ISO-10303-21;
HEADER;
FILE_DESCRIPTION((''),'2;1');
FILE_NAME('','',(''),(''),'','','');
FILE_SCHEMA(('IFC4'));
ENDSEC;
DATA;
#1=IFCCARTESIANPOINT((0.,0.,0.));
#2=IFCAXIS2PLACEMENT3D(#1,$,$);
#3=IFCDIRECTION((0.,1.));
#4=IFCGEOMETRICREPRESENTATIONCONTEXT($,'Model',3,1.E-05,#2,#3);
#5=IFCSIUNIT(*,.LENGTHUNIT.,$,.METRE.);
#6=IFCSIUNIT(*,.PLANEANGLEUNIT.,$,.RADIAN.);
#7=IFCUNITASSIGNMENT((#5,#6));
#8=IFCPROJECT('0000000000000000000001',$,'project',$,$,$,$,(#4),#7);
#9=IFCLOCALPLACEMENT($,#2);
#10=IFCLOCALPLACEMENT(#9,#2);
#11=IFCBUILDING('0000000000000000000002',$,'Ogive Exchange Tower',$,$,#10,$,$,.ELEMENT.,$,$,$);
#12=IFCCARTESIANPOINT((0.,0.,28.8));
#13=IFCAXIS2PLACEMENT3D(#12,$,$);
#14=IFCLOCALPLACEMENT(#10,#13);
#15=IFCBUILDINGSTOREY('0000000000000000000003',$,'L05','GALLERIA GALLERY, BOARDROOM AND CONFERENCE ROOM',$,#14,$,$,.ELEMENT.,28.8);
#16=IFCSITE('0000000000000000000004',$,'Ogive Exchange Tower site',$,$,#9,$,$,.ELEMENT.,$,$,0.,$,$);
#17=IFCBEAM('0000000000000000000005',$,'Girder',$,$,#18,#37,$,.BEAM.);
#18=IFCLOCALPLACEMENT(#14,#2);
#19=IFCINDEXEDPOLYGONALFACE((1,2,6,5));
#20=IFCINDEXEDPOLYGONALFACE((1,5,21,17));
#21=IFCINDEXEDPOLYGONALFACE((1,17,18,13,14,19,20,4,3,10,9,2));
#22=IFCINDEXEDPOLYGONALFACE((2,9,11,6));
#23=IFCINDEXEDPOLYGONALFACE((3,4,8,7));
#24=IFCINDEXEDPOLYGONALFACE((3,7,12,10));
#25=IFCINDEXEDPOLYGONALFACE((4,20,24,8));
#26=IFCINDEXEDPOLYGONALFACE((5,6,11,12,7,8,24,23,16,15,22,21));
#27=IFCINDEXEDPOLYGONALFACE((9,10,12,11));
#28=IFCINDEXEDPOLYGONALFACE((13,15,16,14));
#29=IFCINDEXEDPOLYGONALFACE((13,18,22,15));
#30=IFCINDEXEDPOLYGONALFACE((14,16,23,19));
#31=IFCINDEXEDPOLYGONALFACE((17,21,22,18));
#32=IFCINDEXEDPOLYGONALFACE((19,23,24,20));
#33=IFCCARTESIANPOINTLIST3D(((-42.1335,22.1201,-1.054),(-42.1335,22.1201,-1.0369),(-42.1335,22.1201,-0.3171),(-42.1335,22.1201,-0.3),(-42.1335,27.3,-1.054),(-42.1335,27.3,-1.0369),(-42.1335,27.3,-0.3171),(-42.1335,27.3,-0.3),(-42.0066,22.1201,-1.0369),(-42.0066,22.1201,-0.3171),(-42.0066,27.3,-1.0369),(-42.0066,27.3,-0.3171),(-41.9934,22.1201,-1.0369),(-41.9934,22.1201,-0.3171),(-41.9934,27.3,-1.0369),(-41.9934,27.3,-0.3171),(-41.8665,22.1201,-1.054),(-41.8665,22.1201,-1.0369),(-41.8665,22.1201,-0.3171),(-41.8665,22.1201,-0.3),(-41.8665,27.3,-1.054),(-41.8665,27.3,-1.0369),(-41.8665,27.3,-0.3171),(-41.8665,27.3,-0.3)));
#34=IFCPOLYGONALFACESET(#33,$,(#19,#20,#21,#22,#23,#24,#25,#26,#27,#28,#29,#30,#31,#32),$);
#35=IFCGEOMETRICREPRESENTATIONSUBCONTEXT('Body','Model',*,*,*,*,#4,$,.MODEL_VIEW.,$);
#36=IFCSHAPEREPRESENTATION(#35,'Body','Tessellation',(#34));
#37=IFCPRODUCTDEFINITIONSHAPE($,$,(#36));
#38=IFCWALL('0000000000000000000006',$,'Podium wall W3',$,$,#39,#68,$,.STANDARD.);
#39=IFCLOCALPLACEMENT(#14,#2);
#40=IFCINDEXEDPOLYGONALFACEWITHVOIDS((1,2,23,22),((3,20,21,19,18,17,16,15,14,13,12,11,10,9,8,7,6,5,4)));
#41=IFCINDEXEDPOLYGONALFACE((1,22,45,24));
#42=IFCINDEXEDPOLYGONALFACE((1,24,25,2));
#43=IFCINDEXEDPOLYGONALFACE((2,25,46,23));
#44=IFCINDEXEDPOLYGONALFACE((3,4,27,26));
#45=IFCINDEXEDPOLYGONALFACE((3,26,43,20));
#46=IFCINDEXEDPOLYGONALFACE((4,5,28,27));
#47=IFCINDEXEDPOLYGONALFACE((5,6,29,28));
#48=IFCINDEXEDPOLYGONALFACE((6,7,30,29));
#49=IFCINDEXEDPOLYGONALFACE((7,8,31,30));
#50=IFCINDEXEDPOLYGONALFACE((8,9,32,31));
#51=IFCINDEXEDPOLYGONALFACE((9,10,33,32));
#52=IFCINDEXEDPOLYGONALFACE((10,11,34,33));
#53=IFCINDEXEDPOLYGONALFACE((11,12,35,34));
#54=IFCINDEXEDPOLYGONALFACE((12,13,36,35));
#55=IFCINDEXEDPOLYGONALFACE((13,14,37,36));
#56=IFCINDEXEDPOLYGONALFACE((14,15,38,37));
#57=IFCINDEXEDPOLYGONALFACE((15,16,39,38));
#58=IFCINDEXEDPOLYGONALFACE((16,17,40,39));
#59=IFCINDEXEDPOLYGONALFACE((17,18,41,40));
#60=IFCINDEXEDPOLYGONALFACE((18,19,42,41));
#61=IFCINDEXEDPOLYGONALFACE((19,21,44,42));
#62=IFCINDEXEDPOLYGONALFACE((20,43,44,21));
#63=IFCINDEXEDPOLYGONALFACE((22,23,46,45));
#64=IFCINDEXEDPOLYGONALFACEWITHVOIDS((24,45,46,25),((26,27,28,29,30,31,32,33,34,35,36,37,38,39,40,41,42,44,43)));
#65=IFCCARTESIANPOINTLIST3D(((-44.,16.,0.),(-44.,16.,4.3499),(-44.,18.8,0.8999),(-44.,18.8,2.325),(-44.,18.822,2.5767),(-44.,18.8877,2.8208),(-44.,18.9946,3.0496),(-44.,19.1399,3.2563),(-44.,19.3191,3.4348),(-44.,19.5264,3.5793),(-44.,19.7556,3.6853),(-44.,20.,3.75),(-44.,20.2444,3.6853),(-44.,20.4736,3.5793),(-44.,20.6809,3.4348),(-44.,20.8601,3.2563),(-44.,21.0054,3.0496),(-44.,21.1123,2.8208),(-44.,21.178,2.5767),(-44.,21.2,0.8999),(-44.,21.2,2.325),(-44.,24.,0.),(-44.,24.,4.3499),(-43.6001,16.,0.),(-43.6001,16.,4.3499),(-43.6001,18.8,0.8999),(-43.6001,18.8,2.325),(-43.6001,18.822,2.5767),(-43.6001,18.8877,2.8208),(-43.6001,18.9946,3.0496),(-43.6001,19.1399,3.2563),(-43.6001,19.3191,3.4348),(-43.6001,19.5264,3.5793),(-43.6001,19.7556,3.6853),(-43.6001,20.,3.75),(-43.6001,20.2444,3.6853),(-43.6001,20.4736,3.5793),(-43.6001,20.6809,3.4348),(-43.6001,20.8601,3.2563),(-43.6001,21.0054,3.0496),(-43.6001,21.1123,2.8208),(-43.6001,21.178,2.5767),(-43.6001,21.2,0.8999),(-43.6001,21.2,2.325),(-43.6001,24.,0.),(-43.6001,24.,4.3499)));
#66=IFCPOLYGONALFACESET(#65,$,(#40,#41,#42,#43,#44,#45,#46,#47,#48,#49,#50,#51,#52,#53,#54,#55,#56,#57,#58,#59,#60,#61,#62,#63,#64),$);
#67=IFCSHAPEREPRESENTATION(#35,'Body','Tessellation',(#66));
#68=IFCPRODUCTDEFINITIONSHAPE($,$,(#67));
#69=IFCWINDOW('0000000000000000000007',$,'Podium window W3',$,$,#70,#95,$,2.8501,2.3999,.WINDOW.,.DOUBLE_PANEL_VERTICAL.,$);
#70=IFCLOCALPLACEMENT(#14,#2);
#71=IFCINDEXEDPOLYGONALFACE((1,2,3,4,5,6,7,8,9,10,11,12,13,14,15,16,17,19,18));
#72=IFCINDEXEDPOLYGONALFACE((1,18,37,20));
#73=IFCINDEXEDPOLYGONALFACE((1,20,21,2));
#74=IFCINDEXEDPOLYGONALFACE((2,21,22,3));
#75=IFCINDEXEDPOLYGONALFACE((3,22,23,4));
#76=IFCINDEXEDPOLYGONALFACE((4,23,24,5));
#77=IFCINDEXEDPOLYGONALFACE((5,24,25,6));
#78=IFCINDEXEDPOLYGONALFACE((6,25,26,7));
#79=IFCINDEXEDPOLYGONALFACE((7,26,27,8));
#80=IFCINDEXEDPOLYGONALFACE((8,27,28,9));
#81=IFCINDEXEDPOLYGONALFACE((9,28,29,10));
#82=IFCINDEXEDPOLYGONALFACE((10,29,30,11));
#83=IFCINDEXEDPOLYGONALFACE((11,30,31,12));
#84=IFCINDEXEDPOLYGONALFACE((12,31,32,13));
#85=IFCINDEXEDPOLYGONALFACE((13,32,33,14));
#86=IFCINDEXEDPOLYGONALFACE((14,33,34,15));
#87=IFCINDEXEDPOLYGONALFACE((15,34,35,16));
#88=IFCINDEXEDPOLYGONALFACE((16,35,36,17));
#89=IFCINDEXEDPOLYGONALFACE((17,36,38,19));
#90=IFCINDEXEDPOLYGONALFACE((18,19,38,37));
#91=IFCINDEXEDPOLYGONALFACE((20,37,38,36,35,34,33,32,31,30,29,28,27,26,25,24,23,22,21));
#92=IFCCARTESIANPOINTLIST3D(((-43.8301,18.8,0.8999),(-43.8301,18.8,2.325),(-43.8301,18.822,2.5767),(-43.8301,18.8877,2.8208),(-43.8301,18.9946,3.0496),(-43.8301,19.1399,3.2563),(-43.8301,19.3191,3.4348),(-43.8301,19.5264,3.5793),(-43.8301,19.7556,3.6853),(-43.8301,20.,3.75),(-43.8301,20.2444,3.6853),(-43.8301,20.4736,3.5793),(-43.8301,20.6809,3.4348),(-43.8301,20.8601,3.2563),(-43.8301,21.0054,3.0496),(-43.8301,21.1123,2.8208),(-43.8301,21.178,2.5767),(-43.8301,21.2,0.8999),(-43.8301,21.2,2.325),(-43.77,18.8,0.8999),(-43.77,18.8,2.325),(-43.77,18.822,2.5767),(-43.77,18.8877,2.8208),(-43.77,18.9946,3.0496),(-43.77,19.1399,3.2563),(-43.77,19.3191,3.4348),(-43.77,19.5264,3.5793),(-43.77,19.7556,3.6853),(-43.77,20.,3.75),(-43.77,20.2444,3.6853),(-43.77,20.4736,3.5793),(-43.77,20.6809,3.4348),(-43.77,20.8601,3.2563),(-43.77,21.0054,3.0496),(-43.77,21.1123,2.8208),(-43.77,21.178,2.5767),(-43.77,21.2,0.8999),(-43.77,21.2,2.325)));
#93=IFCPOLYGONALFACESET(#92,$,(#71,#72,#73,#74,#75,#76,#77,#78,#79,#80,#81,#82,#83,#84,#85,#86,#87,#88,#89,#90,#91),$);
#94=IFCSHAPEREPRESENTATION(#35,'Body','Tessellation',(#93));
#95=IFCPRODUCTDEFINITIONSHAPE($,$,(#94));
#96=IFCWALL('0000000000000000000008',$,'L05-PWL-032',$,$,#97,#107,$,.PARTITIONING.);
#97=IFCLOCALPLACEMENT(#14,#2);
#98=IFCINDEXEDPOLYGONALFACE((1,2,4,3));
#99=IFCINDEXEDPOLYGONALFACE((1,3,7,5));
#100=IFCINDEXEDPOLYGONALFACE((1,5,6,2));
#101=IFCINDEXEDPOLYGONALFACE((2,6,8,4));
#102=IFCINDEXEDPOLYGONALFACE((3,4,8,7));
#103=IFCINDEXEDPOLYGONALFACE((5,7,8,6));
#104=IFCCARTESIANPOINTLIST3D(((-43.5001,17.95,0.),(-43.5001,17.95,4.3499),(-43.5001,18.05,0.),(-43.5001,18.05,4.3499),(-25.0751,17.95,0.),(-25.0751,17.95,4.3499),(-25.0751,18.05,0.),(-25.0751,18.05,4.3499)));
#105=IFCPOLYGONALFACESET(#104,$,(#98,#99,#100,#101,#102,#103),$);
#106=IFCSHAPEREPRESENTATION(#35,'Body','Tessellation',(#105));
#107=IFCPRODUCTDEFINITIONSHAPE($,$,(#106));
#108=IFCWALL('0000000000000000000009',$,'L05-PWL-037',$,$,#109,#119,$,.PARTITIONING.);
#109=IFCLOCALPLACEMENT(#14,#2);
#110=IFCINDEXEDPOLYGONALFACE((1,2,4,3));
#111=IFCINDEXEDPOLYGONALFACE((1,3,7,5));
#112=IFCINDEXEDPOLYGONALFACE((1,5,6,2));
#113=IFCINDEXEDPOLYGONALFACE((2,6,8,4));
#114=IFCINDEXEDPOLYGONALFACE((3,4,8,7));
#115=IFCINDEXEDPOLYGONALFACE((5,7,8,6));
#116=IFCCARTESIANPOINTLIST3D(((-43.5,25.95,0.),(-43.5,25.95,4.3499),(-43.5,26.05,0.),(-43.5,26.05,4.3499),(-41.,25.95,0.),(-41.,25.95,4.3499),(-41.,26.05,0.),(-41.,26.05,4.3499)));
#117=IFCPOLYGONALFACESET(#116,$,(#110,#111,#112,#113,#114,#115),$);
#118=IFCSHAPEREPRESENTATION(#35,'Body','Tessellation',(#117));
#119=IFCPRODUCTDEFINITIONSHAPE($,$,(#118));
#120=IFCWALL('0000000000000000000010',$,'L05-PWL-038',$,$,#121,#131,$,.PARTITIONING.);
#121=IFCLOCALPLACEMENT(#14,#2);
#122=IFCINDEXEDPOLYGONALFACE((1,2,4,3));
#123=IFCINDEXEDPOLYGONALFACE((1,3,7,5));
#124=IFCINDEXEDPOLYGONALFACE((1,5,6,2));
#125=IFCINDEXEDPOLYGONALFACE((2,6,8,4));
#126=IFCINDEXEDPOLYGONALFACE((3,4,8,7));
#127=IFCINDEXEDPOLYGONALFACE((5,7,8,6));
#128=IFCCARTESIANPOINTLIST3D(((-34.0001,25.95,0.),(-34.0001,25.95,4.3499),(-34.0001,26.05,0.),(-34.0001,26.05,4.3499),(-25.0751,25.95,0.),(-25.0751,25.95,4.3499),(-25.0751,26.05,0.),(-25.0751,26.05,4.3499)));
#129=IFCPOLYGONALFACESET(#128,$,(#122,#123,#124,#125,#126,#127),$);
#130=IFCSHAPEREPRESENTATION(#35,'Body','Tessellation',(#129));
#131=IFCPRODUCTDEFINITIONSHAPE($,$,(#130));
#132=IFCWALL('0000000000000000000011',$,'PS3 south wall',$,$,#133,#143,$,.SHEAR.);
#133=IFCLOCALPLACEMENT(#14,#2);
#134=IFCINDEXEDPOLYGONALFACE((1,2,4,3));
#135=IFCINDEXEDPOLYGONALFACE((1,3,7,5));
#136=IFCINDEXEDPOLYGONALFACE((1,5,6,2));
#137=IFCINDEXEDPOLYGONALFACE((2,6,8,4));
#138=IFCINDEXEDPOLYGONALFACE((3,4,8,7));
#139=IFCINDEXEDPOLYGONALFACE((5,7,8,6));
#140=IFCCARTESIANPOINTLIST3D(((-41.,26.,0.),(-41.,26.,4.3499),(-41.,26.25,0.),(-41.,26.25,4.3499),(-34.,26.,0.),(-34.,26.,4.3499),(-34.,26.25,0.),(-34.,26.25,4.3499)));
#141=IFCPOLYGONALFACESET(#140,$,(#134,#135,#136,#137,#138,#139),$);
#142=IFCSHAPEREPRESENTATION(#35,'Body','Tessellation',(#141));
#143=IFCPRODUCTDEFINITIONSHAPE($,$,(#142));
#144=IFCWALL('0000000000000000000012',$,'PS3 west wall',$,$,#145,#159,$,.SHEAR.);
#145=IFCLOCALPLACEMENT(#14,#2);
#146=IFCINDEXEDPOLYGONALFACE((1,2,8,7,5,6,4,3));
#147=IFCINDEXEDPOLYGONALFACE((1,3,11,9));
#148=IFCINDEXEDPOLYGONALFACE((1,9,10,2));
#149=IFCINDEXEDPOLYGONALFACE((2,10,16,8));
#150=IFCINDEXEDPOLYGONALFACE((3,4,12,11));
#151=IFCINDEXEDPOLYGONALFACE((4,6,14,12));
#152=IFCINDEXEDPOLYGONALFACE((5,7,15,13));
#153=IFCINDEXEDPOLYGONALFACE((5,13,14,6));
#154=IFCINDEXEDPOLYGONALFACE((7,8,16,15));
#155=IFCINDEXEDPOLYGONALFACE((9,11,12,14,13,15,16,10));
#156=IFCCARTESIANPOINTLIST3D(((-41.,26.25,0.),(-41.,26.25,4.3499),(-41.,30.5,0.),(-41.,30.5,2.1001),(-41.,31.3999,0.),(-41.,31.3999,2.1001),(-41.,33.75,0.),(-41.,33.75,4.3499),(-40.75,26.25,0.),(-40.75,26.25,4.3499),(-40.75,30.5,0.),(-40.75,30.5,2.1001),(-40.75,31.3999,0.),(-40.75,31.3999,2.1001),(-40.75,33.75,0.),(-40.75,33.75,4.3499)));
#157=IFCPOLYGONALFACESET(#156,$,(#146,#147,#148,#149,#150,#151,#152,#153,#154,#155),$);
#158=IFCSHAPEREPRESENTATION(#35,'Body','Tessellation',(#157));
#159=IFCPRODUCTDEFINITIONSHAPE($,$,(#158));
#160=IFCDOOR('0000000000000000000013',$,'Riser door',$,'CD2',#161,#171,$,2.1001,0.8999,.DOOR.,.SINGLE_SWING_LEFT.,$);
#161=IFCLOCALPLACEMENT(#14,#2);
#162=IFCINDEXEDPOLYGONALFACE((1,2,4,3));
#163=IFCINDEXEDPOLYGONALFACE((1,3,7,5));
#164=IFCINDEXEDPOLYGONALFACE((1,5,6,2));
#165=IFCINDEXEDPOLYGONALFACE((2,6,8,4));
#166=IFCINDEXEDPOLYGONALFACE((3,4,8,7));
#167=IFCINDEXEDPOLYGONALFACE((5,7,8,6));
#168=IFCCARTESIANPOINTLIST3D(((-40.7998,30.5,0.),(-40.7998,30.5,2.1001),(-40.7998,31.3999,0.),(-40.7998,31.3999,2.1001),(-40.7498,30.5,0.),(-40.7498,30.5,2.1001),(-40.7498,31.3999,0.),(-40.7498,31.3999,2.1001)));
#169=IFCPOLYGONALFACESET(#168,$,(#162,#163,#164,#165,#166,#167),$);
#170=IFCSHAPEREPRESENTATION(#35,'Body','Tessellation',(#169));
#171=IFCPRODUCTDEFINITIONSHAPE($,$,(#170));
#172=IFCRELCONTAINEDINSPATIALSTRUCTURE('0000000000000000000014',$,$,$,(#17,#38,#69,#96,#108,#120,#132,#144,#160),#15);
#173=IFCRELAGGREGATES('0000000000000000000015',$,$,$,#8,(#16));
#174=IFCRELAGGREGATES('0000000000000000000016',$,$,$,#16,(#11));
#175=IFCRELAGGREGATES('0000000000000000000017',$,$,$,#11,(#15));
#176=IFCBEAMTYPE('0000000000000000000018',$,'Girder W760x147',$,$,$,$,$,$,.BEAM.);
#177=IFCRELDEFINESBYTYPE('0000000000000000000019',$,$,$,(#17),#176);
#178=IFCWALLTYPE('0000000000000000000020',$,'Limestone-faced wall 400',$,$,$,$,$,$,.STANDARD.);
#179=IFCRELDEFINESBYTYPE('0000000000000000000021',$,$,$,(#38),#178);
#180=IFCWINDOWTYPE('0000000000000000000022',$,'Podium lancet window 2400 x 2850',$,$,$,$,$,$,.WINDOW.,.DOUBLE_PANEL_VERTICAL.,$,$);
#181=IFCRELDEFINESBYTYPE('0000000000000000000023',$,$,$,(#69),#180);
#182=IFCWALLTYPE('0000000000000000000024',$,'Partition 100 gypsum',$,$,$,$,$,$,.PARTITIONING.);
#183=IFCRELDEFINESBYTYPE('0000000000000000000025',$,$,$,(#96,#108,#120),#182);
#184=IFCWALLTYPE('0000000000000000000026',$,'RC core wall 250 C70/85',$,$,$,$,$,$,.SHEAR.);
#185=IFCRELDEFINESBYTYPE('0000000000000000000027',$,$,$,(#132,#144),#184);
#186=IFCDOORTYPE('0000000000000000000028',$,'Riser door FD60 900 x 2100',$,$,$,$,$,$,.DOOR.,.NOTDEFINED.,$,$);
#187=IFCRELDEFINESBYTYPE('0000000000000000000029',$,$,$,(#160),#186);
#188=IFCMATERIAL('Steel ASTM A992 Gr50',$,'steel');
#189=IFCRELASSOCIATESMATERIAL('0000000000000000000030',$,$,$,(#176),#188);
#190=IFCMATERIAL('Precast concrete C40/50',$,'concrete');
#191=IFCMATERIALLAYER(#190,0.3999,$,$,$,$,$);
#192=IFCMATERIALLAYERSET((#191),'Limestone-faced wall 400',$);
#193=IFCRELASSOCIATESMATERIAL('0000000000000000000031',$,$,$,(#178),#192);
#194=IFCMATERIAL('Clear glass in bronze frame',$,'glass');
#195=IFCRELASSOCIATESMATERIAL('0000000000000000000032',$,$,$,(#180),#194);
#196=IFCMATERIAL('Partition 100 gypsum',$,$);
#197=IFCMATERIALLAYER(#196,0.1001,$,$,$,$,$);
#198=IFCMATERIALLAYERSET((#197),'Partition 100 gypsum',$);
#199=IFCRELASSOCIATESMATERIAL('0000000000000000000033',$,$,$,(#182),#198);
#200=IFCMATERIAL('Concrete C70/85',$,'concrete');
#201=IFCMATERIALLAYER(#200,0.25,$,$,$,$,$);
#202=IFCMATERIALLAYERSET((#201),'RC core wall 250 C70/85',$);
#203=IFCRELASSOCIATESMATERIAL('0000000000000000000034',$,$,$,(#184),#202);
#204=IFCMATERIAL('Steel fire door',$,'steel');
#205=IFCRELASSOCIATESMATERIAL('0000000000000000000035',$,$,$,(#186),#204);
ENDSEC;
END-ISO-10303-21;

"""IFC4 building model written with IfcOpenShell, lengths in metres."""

from ifc_helpers import new_model, si_unit, direction, frame, frame_2d, origin, origin_2d, place, context, subcontext, project, spatial, polyline, rectangle, i_section, outline, extrude, material, layer, layer_set, material_profile, profile_set, type_object, element, fill, save


model = new_model("IFC4")

# Units and contexts
model_context = context("Model", 3, precision=1e-05, world=origin(), true_north=direction((0.0, 1.0)))
body_context = subcontext(model_context, "Body", "Model", "MODEL_VIEW")
ifc_project = project(units=[si_unit("LENGTHUNIT", "METRE"), si_unit("PLANEANGLEUNIT", "RADIAN")], contexts=[model_context])

# Site, building, storey
site_placement = place(None, origin())
site = spatial("IfcSite", under=ifc_project, at=site_placement, Name="Ogive Exchange Tower site", CompositionType="ELEMENT", RefElevation=0.0)
building_placement = place(site_placement, origin())
building = spatial("IfcBuilding", under=site, at=building_placement, Name="Ogive Exchange Tower", CompositionType="ELEMENT")
storey_placement = place(building_placement, frame((0.0, 0.0, 28.8)))
storey = spatial("IfcBuildingStorey", under=building, at=storey_placement, Name="L05", Description="GALLERIA GALLERY, BOARDROOM AND CONFERENCE ROOM", CompositionType="ELEMENT", Elevation=28.8)

# Shared definitions
ifc_material_1 = material(Name="Concrete C70/85", Category="concrete")

# Beam
ifc_material_2 = material(Name="Steel ASTM A992 Gr50", Category="steel")
ifc_material_profile_1 = material_profile(ifc_material_2, i_section(OverallWidth=0.2671, OverallDepth=0.7539, WebThickness=0.0132, FlangeThickness=0.0171, at=origin_2d()), Name="W760x147")
ifc_profile_set_1 = profile_set([ifc_material_profile_1], Name="Steel ASTM A992 Gr50")
beam_type_1 = type_object("IfcBeamType", Name="Girder W760x147", PredefinedType="BEAM", material=ifc_profile_set_1)
beam_1_placement = place(storey_placement, frame((-42.0, 22.1201, -0.677), z_axis=(0.0, 1.0, 0.0), x_axis=(-1.0, 0.0, 0.0)))
element("IfcBeam", 1, at=beam_1_placement, inside=storey, type_object=beam_type_1, Name="Girder", PredefinedType="BEAM", context=body_context, shape_type="SweptSolid", body=[
    extrude(i_section(OverallWidth=0.2671, OverallDepth=0.7539, WebThickness=0.0132, FlangeThickness=0.0171, at=origin_2d()), origin(), (0.0, 0.0, 1.0), 5.1799),
])

# Wall, opening, window
ifc_material_3 = material(Name="Precast concrete C40/50", Category="concrete")
ifc_layer_1 = layer(ifc_material_3, 0.3999)
ifc_layer_set_1 = layer_set([ifc_layer_1], Name="Limestone-faced wall 400")
wall_type_1 = type_object("IfcWallType", Name="Limestone-faced wall 400", PredefinedType="STANDARD", material=ifc_layer_set_1)
wall_1_placement = place(storey_placement, frame((-43.8, 24.0, 0.0), z_axis=(0.0, 0.0, 1.0), x_axis=(0.0, -1.0, 0.0)))
wall_1 = element("IfcWall", 2, at=wall_1_placement, inside=storey, type_object=wall_type_1, Name="Podium wall W3", PredefinedType="STANDARD", context=body_context, shape_type="SweptSolid", body=[
    extrude(rectangle(XDim=8.0, YDim=0.3999, at=frame_2d((4.0, 0.0))), origin(), (0.0, 0.0, 1.0), 4.3499),
])
opening_1_placement = place(wall_1_placement, frame((2.8, 0.0, 0.8999)))
opening_1 = element("IfcOpeningElement", 3, at=opening_1_placement, cuts=wall_1, PredefinedType="OPENING", context=body_context, shape_type="SweptSolid", body=[
    extrude(outline(polyline([(0.0, 0.0), (2.3999, 0.0), (2.3999, 1.425), (2.3779, 1.6768), (2.3123, 1.9209), (2.2053, 2.1497), (2.0601, 2.3564), (1.8809, 2.5349), (1.6736, 2.6794), (1.4443, 2.7854), (1.2, 2.8501), (0.9556, 2.7854), (0.7263, 2.6794), (0.519, 2.5349), (0.3398, 2.3564), (0.1946, 2.1497), (0.0876, 1.9209), (0.022, 1.6768), (0.0, 1.425), (0.0, 0.0)])), frame((0.0, 0.21, 0.0), z_axis=(0.0, -1.0, 0.0), x_axis=(1.0, 0.0, 0.0)), (0.0, 0.0, 1.0), 0.4199),
])
ifc_material_4 = material(Name="Clear glass in bronze frame", Category="glass")
window_type = type_object("IfcWindowType", Name="Podium lancet window 2400 x 2850", PartitioningType="DOUBLE_PANEL_VERTICAL", PredefinedType="WINDOW", material=ifc_material_4)
window_placement = place(opening_1_placement, origin())
window = element("IfcWindow", 4, at=window_placement, inside=storey, type_object=window_type, Name="Podium window W3", OverallHeight=2.8501, OverallWidth=2.3999, PartitioningType="DOUBLE_PANEL_VERTICAL", PredefinedType="WINDOW", context=body_context, shape_type="SweptSolid", body=[
    extrude(outline(polyline([(0.0, 0.0), (2.3999, 0.0), (2.3999, 1.425), (2.3779, 1.6768), (2.3123, 1.9209), (2.2053, 2.1497), (2.0601, 2.3564), (1.8809, 2.5349), (1.6736, 2.6794), (1.4443, 2.7854), (1.2, 2.8501), (0.9556, 2.7854), (0.7263, 2.6794), (0.519, 2.5349), (0.3398, 2.3564), (0.1946, 2.1497), (0.0876, 1.9209), (0.022, 1.6768), (0.0, 1.425), (0.0, 0.0)])), frame((0.0, 0.03, 0.0), z_axis=(0.0, -1.0, 0.0), x_axis=(1.0, 0.0, 0.0)), (0.0, 0.0, 1.0), 0.0601),
])
fill(opening_1, window)

# Walls
ifc_material_5 = material(Name="Partition 100 gypsum")
ifc_layer_2 = layer(ifc_material_5, 0.1001)
ifc_layer_set_2 = layer_set([ifc_layer_2], Name="Partition 100 gypsum")
wall_type_2 = type_object("IfcWallType", Name="Partition 100 gypsum", PredefinedType="PARTITIONING", material=ifc_layer_set_2)
wall_2_placement = place(storey_placement, frame((-43.5, 18.0, 0.0), z_axis=(0.0, 0.0, 1.0), x_axis=(1.0, 0.0, 0.0)))
element("IfcWall", 5, at=wall_2_placement, inside=storey, type_object=wall_type_2, Name="L05-PWL-032", PredefinedType="PARTITIONING", context=body_context, shape_type="SweptSolid", body=[
    extrude(rectangle(XDim=18.425, YDim=0.1001, at=frame_2d((9.2124, 0.0))), origin(), (0.0, 0.0, 1.0), 4.3499),
])
wall_3_placement = place(storey_placement, frame((-43.5, 26.0, 0.0), z_axis=(0.0, 0.0, 1.0), x_axis=(1.0, 0.0, 0.0)))
element("IfcWall", 6, at=wall_3_placement, inside=storey, type_object=wall_type_2, Name="L05-PWL-037", PredefinedType="PARTITIONING", context=body_context, shape_type="SweptSolid", body=[
    extrude(rectangle(XDim=2.5, YDim=0.1001, at=frame_2d((1.25, 0.0))), origin(), (0.0, 0.0, 1.0), 4.3499),
])
wall_4_placement = place(storey_placement, frame((-34.0, 26.0, 0.0), z_axis=(0.0, 0.0, 1.0), x_axis=(1.0, 0.0, 0.0)))
element("IfcWall", 7, at=wall_4_placement, inside=storey, type_object=wall_type_2, Name="L05-PWL-038", PredefinedType="PARTITIONING", context=body_context, shape_type="SweptSolid", body=[
    extrude(rectangle(XDim=8.925, YDim=0.1001, at=frame_2d((4.4624, 0.0))), origin(), (0.0, 0.0, 1.0), 4.3499),
])
ifc_layer_3 = layer(ifc_material_1, 0.25)
ifc_layer_set_3 = layer_set([ifc_layer_3], Name="RC core wall 250 C70/85")
wall_type_3 = type_object("IfcWallType", Name="RC core wall 250 C70/85", PredefinedType="SHEAR", material=ifc_layer_set_3)
wall_5_placement = place(storey_placement, frame((-41.0, 26.125, 0.0), z_axis=(0.0, 0.0, 1.0), x_axis=(1.0, 0.0, 0.0)))
element("IfcWall", 8, at=wall_5_placement, inside=storey, type_object=wall_type_3, Name="PS3 south wall", PredefinedType="SHEAR", context=body_context, shape_type="SweptSolid", body=[
    extrude(rectangle(XDim=7.0, YDim=0.25, at=frame_2d((3.5, 0.0))), origin(), (0.0, 0.0, 1.0), 4.3499),
])

# Wall, opening, door
wall_6_placement = place(storey_placement, frame((-40.875, 26.25, 0.0), z_axis=(0.0, 0.0, 1.0), x_axis=(0.0, 1.0, 0.0)))
wall_6 = element("IfcWall", 9, at=wall_6_placement, inside=storey, type_object=wall_type_3, Name="PS3 west wall", PredefinedType="SHEAR", context=body_context, shape_type="SweptSolid", body=[
    extrude(rectangle(XDim=7.5, YDim=0.25, at=frame_2d((3.75, 0.0))), origin(), (0.0, 0.0, 1.0), 4.3499),
])
opening_2_placement = place(wall_6_placement, frame((4.25, 0.0, 0.0)))
opening_2 = element("IfcOpeningElement", 10, at=opening_2_placement, cuts=wall_6, PredefinedType="OPENING", context=body_context, shape_type="SweptSolid", body=[
    extrude(rectangle(XDim=0.8999, YDim=2.1001, at=frame_2d((0.45, 1.05))), frame((0.0, 0.135, 0.0), z_axis=(0.0, -1.0, 0.0), x_axis=(1.0, 0.0, 0.0)), (0.0, 0.0, 1.0), 0.27),
])
ifc_material_6 = material(Name="Steel fire door", Category="steel")
door_type_1 = type_object("IfcDoorType", Name="Riser door FD60 900 x 2100", OperationType="NOTDEFINED", PredefinedType="DOOR", material=ifc_material_6)
door_1_placement = place(opening_2_placement, origin())
door_1 = element("IfcDoor", 11, at=door_1_placement, inside=storey, type_object=door_type_1, Name="Riser door", ObjectType="CD2", OperationType="SINGLE_SWING_LEFT", OverallHeight=2.1001, OverallWidth=0.8999, PredefinedType="DOOR", context=body_context, shape_type="SweptSolid", body=[
    extrude(rectangle(XDim=0.8999, YDim=2.1001, at=frame_2d((0.45, 1.05))), frame((0.0, -0.0752, 0.0), z_axis=(0.0, -1.0, 0.0), x_axis=(1.0, 0.0, 0.0)), (0.0, 0.0, 1.0), 0.05),
])
fill(opening_2, door_1)

save(model, "model.ifc")
